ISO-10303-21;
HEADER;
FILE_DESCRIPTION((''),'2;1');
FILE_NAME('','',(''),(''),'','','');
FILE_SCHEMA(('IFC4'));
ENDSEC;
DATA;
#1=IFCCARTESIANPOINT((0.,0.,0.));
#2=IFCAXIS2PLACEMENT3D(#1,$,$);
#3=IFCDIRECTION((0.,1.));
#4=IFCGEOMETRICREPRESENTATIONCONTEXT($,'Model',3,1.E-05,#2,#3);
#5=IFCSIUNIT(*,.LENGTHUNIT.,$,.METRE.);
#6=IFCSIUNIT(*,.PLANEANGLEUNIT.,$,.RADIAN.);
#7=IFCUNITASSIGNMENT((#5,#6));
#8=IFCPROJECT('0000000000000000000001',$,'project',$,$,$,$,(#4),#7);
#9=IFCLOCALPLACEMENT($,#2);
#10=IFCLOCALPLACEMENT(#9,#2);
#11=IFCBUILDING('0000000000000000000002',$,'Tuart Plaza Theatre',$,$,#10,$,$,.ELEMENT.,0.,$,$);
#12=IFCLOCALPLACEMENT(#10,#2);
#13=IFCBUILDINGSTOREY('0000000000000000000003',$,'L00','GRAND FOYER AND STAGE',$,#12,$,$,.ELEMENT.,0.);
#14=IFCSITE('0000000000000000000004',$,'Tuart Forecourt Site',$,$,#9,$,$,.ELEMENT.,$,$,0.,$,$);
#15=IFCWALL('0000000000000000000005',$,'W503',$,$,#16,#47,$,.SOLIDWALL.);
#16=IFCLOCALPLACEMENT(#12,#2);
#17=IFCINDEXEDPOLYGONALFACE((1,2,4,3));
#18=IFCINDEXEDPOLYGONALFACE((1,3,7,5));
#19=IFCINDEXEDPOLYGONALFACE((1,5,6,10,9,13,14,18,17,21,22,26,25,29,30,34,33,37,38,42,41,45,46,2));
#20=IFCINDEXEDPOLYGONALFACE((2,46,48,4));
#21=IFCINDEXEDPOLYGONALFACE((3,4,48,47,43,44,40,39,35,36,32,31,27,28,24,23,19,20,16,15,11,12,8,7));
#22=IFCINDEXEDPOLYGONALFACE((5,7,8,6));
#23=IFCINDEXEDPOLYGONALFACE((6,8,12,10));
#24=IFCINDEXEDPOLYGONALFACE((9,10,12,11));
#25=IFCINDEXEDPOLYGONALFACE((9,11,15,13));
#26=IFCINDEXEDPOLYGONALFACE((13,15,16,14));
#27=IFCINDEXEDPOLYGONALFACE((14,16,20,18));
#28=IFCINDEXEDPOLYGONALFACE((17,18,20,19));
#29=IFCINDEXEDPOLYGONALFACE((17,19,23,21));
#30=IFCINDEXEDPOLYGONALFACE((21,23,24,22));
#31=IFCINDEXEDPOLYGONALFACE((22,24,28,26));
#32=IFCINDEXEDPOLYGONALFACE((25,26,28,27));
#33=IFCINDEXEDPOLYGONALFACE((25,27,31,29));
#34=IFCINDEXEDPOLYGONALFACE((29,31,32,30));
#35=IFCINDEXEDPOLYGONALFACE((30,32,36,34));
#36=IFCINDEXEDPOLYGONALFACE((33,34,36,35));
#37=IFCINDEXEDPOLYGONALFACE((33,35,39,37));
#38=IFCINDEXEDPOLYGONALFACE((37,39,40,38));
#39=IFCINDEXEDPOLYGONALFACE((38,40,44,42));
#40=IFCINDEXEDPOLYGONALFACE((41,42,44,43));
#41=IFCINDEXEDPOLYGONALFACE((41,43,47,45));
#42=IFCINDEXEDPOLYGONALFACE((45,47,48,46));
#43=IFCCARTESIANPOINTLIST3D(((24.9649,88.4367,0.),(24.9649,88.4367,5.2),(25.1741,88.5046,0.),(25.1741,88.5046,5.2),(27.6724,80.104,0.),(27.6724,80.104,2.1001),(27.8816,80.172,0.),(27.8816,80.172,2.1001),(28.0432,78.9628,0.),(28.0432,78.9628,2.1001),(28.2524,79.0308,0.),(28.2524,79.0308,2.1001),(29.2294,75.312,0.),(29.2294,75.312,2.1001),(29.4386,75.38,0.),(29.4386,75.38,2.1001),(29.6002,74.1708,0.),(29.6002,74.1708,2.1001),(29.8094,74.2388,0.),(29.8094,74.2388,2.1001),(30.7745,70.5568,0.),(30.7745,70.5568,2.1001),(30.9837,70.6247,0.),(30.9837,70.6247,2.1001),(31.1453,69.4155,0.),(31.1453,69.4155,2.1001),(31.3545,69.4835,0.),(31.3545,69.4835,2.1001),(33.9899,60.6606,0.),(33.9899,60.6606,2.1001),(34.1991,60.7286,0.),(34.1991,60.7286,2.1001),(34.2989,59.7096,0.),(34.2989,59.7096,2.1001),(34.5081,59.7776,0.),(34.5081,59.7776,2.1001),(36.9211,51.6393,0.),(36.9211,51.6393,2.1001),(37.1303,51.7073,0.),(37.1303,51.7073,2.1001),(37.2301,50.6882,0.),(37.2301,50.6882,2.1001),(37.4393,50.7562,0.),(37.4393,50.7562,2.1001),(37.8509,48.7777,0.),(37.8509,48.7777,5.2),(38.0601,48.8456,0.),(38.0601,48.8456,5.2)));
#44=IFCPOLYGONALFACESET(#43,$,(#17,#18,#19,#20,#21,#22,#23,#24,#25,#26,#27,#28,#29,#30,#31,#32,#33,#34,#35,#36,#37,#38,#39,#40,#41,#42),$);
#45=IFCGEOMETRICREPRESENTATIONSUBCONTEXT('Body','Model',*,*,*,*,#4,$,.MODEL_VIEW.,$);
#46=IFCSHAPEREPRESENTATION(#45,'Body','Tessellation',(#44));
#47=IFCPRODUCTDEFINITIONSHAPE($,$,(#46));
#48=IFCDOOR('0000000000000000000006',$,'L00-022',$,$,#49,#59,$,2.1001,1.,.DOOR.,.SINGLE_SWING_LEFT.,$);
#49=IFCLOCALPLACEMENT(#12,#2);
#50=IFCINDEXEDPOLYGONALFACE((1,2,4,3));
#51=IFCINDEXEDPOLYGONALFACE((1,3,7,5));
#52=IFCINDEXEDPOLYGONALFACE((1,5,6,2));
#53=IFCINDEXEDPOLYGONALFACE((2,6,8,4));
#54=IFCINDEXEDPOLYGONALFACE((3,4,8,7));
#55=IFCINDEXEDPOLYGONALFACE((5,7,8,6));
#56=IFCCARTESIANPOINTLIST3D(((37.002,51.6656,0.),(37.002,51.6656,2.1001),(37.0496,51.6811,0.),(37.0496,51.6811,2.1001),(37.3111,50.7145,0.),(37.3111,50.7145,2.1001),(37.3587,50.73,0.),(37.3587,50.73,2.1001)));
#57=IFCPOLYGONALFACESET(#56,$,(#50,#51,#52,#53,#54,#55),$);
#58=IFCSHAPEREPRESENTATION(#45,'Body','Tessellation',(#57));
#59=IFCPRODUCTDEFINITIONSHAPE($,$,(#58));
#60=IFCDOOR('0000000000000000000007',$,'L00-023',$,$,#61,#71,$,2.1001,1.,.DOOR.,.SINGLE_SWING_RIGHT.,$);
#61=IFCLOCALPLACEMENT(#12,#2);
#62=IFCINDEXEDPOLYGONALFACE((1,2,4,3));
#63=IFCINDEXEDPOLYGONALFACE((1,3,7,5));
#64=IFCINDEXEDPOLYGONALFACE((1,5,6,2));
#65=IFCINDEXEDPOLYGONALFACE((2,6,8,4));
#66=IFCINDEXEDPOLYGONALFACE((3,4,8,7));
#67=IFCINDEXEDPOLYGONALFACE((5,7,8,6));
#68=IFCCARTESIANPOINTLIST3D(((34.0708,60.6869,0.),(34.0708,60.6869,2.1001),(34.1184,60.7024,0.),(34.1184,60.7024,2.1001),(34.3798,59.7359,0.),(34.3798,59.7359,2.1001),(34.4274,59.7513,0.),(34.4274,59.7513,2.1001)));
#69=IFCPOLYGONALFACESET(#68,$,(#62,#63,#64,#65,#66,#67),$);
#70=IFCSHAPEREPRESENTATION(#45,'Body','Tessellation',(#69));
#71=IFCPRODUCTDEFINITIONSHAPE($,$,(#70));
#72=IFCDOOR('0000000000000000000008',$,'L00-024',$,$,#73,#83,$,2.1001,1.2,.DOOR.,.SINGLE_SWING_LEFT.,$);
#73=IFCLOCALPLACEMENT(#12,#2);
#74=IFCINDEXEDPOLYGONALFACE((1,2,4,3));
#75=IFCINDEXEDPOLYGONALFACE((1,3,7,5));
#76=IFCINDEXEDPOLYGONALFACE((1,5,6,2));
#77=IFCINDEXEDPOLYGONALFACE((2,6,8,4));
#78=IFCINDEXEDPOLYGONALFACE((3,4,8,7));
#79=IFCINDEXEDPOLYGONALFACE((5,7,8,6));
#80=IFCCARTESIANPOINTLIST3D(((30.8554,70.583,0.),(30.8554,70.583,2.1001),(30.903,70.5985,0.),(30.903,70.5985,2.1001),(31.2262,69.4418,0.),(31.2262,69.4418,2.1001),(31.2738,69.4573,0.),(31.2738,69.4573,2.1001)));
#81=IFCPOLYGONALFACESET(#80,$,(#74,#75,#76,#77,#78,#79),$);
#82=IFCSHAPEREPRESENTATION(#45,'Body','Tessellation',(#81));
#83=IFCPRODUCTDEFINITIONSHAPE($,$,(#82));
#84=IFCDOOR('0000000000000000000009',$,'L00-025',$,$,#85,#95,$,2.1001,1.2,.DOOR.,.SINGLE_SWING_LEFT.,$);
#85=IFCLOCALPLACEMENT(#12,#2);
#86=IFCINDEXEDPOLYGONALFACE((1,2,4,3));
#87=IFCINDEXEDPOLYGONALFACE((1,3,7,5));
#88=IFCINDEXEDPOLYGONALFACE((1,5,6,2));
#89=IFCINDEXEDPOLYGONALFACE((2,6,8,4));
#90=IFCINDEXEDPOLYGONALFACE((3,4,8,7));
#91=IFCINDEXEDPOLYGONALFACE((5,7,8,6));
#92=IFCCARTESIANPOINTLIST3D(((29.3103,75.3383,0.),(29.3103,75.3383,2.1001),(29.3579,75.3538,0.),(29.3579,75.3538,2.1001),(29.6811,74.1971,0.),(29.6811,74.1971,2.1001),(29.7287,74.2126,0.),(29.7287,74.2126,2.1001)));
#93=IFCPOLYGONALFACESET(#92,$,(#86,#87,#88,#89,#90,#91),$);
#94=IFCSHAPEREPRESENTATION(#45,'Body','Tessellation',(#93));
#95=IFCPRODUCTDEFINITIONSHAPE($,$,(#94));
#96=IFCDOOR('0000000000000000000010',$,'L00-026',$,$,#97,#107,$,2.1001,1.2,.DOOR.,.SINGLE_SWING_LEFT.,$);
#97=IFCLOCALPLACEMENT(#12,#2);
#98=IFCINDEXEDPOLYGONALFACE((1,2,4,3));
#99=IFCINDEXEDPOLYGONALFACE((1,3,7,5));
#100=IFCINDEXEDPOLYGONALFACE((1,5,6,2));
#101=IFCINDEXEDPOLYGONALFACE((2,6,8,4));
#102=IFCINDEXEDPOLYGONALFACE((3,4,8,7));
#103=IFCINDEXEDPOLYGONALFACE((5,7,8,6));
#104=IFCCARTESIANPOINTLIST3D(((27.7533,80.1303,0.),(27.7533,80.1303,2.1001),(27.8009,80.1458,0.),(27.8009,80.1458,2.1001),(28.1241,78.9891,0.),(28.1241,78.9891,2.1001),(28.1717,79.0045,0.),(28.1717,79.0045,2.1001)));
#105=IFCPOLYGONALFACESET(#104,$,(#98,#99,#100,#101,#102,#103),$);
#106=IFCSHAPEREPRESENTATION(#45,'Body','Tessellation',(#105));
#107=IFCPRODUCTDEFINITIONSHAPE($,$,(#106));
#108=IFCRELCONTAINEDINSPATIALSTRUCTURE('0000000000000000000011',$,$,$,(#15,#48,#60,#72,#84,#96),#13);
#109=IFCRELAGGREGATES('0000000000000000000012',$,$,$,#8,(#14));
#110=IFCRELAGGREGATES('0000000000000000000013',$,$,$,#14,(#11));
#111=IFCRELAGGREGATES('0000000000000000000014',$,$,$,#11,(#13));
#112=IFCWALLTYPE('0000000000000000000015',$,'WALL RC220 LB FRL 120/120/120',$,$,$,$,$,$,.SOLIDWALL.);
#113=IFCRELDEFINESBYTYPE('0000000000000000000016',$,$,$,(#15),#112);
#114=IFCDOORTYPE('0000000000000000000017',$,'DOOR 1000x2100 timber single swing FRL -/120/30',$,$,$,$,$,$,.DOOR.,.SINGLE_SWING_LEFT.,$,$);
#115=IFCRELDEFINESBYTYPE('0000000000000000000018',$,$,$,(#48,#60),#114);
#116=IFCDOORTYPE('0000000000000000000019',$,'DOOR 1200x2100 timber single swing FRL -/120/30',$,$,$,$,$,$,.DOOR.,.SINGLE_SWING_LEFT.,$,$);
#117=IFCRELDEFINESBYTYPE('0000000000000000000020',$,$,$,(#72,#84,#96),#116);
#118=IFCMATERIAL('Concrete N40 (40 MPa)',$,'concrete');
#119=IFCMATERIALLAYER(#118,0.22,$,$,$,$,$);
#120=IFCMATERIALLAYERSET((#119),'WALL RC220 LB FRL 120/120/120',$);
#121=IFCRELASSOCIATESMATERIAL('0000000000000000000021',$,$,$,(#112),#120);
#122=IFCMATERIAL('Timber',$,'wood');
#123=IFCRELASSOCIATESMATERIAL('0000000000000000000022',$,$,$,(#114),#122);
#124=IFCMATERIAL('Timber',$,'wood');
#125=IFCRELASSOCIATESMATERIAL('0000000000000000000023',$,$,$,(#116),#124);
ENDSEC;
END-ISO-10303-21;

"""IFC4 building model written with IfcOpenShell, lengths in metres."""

from ifc_helpers import new_model, si_unit, direction, frame, frame_2d, origin, place, context, subcontext, project, spatial, rectangle, extrude, material, layer, layer_set, type_object, element, fill, save


model = new_model("IFC4")

# Units and contexts
model_context = context("Model", 3, precision=1e-05, world=origin(), true_north=direction((0.0, 1.0)))
body_context = subcontext(model_context, "Body", "Model", "MODEL_VIEW")
ifc_project = project(units=[si_unit("LENGTHUNIT", "METRE"), si_unit("PLANEANGLEUNIT", "RADIAN")], contexts=[model_context])

# Site, building, storey
site_placement = place(None, origin())
site = spatial("IfcSite", under=ifc_project, at=site_placement, Name="Tuart Forecourt Site", CompositionType="ELEMENT", RefElevation=0.0)
building_placement = place(site_placement, origin())
building = spatial("IfcBuilding", under=site, at=building_placement, Name="Tuart Plaza Theatre", CompositionType="ELEMENT", ElevationOfRefHeight=0.0)
storey_placement = place(building_placement, origin())
storey = spatial("IfcBuildingStorey", under=building, at=storey_placement, Name="L00", Description="GRAND FOYER AND STAGE", CompositionType="ELEMENT", Elevation=0.0)

# Wall, openings, doors
ifc_material_1 = material(Name="Concrete N40 (40 MPa)", Category="concrete")
ifc_layer_1 = layer(ifc_material_1, 0.22)
ifc_layer_set_1 = layer_set([ifc_layer_1], Name="WALL RC220 LB FRL 120/120/120")
wall_type_1 = type_object("IfcWallType", Name="WALL RC220 LB FRL 120/120/120", PredefinedType="SOLIDWALL", material=ifc_layer_set_1)
wall_1_placement = place(storey_placement, frame((37.9556, 48.8115, 0.0), z_axis=(0.0, 0.0, 1.0), x_axis=(-0.309017, 0.951056, 0.0)))
wall_1 = element("IfcWall", 1, at=wall_1_placement, inside=storey, type_object=wall_type_1, Name="W503", PredefinedType="SOLIDWALL", context=body_context, shape_type="SweptSolid", body=[
    extrude(rectangle(XDim=41.7, YDim=0.22, at=frame_2d((20.8501, 0.0))), origin(), (0.0, 0.0, 1.0), 5.2),
])
opening_1_placement = place(wall_1_placement, frame((2.009, 0.0, 0.0)))
opening_1 = element("IfcOpeningElement", 2, at=opening_1_placement, cuts=wall_1, PredefinedType="OPENING", context=body_context, shape_type="SweptSolid", body=[
    extrude(rectangle(XDim=1.0, YDim=2.1001, at=frame_2d((0.5, 1.05))), frame((0.0, 0.1199, 0.0), z_axis=(0.0, -1.0, 0.0), x_axis=(1.0, 0.0, 0.0)), (0.0, 0.0, 1.0), 0.24),
])
opening_2_placement = place(wall_1_placement, frame((11.4946, 0.0, 0.0)))
opening_2 = element("IfcOpeningElement", 3, at=opening_2_placement, cuts=wall_1, PredefinedType="OPENING", context=body_context, shape_type="SweptSolid", body=[
    extrude(rectangle(XDim=1.0, YDim=2.1001, at=frame_2d((0.5, 1.05))), frame((0.0, 0.1199, 0.0), z_axis=(0.0, -1.0, 0.0), x_axis=(1.0, 0.0, 0.0)), (0.0, 0.0, 1.0), 0.24),
])
opening_3_placement = place(wall_1_placement, frame((21.7, 0.0, 0.0)))
opening_3 = element("IfcOpeningElement", 4, at=opening_3_placement, cuts=wall_1, PredefinedType="OPENING", context=body_context, shape_type="SweptSolid", body=[
    extrude(rectangle(XDim=1.2, YDim=2.1001, at=frame_2d((0.6001, 1.05))), frame((0.0, 0.1199, 0.0), z_axis=(0.0, -1.0, 0.0), x_axis=(1.0, 0.0, 0.0)), (0.0, 0.0, 1.0), 0.24),
])
opening_4_placement = place(wall_1_placement, frame((26.7, 0.0, 0.0)))
opening_4 = element("IfcOpeningElement", 5, at=opening_4_placement, cuts=wall_1, PredefinedType="OPENING", context=body_context, shape_type="SweptSolid", body=[
    extrude(rectangle(XDim=1.2, YDim=2.1001, at=frame_2d((0.6001, 1.05))), frame((0.0, 0.1199, 0.0), z_axis=(0.0, -1.0, 0.0), x_axis=(1.0, 0.0, 0.0)), (0.0, 0.0, 1.0), 0.24),
])
opening_5_placement = place(wall_1_placement, frame((31.7385, 0.0, 0.0)))
opening_5 = element("IfcOpeningElement", 6, at=opening_5_placement, cuts=wall_1, PredefinedType="OPENING", context=body_context, shape_type="SweptSolid", body=[
    extrude(rectangle(XDim=1.2, YDim=2.1001, at=frame_2d((0.6001, 1.05))), frame((0.0, 0.1199, 0.0), z_axis=(0.0, -1.0, 0.0), x_axis=(1.0, 0.0, 0.0)), (0.0, 0.0, 1.0), 0.24),
])
ifc_material_2 = material(Name="Timber", Category="wood")
door_type_1 = type_object("IfcDoorType", Name="DOOR 1000x2100 timber single swing FRL -/120/30", OperationType="SINGLE_SWING_LEFT", PredefinedType="DOOR", material=ifc_material_2)
door_1_placement = place(opening_1_placement, origin())
door_1 = element("IfcDoor", 7, at=door_1_placement, inside=storey, type_object=door_type_1, Name="L00-022", OperationType="SINGLE_SWING_LEFT", OverallHeight=2.1001, OverallWidth=1.0, PredefinedType="DOOR", context=body_context, shape_type="SweptSolid", body=[
    extrude(rectangle(XDim=1.0, YDim=2.1001, at=frame_2d((0.5, 1.05))), frame((0.0, 0.0249, 0.0), z_axis=(0.0, -1.0, 0.0), x_axis=(1.0, 0.0, 0.0)), (0.0, 0.0, 1.0), 0.05),
])
fill(opening_1, door_1)
door_2_placement = place(opening_2_placement, origin())
door_2 = element("IfcDoor", 8, at=door_2_placement, inside=storey, type_object=door_type_1, Name="L00-023", OperationType="SINGLE_SWING_RIGHT", OverallHeight=2.1001, OverallWidth=1.0, PredefinedType="DOOR", context=body_context, shape_type="SweptSolid", body=[
    extrude(rectangle(XDim=1.0, YDim=2.1001, at=frame_2d((0.5, 1.05))), frame((0.0, 0.0249, 0.0), z_axis=(0.0, -1.0, 0.0), x_axis=(1.0, 0.0, 0.0)), (0.0, 0.0, 1.0), 0.05),
])
fill(opening_2, door_2)
ifc_material_3 = material(Name="Timber", Category="wood")
door_type_2 = type_object("IfcDoorType", Name="DOOR 1200x2100 timber single swing FRL -/120/30", OperationType="SINGLE_SWING_LEFT", PredefinedType="DOOR", material=ifc_material_3)
door_3_placement = place(opening_3_placement, origin())
door_3 = element("IfcDoor", 9, at=door_3_placement, inside=storey, type_object=door_type_2, Name="L00-024", OperationType="SINGLE_SWING_LEFT", OverallHeight=2.1001, OverallWidth=1.2, PredefinedType="DOOR", context=body_context, shape_type="SweptSolid", body=[
    extrude(rectangle(XDim=1.2, YDim=2.1001, at=frame_2d((0.6001, 1.05))), frame((0.0, 0.0249, 0.0), z_axis=(0.0, -1.0, 0.0), x_axis=(1.0, 0.0, 0.0)), (0.0, 0.0, 1.0), 0.05),
])
fill(opening_3, door_3)
door_4_placement = place(opening_4_placement, origin())
door_4 = element("IfcDoor", 10, at=door_4_placement, inside=storey, type_object=door_type_2, Name="L00-025", OperationType="SINGLE_SWING_LEFT", OverallHeight=2.1001, OverallWidth=1.2, PredefinedType="DOOR", context=body_context, shape_type="SweptSolid", body=[
    extrude(rectangle(XDim=1.2, YDim=2.1001, at=frame_2d((0.6001, 1.05))), frame((0.0, 0.0249, 0.0), z_axis=(0.0, -1.0, 0.0), x_axis=(1.0, 0.0, 0.0)), (0.0, 0.0, 1.0), 0.05),
])
fill(opening_4, door_4)
door_5_placement = place(opening_5_placement, origin())
door_5 = element("IfcDoor", 11, at=door_5_placement, inside=storey, type_object=door_type_2, Name="L00-026", OperationType="SINGLE_SWING_LEFT", OverallHeight=2.1001, OverallWidth=1.2, PredefinedType="DOOR", context=body_context, shape_type="SweptSolid", body=[
    extrude(rectangle(XDim=1.2, YDim=2.1001, at=frame_2d((0.6001, 1.05))), frame((0.0, 0.0249, 0.0), z_axis=(0.0, -1.0, 0.0), x_axis=(1.0, 0.0, 0.0)), (0.0, 0.0, 1.0), 0.05),
])
fill(opening_5, door_5)

save(model, "model.ifc")
